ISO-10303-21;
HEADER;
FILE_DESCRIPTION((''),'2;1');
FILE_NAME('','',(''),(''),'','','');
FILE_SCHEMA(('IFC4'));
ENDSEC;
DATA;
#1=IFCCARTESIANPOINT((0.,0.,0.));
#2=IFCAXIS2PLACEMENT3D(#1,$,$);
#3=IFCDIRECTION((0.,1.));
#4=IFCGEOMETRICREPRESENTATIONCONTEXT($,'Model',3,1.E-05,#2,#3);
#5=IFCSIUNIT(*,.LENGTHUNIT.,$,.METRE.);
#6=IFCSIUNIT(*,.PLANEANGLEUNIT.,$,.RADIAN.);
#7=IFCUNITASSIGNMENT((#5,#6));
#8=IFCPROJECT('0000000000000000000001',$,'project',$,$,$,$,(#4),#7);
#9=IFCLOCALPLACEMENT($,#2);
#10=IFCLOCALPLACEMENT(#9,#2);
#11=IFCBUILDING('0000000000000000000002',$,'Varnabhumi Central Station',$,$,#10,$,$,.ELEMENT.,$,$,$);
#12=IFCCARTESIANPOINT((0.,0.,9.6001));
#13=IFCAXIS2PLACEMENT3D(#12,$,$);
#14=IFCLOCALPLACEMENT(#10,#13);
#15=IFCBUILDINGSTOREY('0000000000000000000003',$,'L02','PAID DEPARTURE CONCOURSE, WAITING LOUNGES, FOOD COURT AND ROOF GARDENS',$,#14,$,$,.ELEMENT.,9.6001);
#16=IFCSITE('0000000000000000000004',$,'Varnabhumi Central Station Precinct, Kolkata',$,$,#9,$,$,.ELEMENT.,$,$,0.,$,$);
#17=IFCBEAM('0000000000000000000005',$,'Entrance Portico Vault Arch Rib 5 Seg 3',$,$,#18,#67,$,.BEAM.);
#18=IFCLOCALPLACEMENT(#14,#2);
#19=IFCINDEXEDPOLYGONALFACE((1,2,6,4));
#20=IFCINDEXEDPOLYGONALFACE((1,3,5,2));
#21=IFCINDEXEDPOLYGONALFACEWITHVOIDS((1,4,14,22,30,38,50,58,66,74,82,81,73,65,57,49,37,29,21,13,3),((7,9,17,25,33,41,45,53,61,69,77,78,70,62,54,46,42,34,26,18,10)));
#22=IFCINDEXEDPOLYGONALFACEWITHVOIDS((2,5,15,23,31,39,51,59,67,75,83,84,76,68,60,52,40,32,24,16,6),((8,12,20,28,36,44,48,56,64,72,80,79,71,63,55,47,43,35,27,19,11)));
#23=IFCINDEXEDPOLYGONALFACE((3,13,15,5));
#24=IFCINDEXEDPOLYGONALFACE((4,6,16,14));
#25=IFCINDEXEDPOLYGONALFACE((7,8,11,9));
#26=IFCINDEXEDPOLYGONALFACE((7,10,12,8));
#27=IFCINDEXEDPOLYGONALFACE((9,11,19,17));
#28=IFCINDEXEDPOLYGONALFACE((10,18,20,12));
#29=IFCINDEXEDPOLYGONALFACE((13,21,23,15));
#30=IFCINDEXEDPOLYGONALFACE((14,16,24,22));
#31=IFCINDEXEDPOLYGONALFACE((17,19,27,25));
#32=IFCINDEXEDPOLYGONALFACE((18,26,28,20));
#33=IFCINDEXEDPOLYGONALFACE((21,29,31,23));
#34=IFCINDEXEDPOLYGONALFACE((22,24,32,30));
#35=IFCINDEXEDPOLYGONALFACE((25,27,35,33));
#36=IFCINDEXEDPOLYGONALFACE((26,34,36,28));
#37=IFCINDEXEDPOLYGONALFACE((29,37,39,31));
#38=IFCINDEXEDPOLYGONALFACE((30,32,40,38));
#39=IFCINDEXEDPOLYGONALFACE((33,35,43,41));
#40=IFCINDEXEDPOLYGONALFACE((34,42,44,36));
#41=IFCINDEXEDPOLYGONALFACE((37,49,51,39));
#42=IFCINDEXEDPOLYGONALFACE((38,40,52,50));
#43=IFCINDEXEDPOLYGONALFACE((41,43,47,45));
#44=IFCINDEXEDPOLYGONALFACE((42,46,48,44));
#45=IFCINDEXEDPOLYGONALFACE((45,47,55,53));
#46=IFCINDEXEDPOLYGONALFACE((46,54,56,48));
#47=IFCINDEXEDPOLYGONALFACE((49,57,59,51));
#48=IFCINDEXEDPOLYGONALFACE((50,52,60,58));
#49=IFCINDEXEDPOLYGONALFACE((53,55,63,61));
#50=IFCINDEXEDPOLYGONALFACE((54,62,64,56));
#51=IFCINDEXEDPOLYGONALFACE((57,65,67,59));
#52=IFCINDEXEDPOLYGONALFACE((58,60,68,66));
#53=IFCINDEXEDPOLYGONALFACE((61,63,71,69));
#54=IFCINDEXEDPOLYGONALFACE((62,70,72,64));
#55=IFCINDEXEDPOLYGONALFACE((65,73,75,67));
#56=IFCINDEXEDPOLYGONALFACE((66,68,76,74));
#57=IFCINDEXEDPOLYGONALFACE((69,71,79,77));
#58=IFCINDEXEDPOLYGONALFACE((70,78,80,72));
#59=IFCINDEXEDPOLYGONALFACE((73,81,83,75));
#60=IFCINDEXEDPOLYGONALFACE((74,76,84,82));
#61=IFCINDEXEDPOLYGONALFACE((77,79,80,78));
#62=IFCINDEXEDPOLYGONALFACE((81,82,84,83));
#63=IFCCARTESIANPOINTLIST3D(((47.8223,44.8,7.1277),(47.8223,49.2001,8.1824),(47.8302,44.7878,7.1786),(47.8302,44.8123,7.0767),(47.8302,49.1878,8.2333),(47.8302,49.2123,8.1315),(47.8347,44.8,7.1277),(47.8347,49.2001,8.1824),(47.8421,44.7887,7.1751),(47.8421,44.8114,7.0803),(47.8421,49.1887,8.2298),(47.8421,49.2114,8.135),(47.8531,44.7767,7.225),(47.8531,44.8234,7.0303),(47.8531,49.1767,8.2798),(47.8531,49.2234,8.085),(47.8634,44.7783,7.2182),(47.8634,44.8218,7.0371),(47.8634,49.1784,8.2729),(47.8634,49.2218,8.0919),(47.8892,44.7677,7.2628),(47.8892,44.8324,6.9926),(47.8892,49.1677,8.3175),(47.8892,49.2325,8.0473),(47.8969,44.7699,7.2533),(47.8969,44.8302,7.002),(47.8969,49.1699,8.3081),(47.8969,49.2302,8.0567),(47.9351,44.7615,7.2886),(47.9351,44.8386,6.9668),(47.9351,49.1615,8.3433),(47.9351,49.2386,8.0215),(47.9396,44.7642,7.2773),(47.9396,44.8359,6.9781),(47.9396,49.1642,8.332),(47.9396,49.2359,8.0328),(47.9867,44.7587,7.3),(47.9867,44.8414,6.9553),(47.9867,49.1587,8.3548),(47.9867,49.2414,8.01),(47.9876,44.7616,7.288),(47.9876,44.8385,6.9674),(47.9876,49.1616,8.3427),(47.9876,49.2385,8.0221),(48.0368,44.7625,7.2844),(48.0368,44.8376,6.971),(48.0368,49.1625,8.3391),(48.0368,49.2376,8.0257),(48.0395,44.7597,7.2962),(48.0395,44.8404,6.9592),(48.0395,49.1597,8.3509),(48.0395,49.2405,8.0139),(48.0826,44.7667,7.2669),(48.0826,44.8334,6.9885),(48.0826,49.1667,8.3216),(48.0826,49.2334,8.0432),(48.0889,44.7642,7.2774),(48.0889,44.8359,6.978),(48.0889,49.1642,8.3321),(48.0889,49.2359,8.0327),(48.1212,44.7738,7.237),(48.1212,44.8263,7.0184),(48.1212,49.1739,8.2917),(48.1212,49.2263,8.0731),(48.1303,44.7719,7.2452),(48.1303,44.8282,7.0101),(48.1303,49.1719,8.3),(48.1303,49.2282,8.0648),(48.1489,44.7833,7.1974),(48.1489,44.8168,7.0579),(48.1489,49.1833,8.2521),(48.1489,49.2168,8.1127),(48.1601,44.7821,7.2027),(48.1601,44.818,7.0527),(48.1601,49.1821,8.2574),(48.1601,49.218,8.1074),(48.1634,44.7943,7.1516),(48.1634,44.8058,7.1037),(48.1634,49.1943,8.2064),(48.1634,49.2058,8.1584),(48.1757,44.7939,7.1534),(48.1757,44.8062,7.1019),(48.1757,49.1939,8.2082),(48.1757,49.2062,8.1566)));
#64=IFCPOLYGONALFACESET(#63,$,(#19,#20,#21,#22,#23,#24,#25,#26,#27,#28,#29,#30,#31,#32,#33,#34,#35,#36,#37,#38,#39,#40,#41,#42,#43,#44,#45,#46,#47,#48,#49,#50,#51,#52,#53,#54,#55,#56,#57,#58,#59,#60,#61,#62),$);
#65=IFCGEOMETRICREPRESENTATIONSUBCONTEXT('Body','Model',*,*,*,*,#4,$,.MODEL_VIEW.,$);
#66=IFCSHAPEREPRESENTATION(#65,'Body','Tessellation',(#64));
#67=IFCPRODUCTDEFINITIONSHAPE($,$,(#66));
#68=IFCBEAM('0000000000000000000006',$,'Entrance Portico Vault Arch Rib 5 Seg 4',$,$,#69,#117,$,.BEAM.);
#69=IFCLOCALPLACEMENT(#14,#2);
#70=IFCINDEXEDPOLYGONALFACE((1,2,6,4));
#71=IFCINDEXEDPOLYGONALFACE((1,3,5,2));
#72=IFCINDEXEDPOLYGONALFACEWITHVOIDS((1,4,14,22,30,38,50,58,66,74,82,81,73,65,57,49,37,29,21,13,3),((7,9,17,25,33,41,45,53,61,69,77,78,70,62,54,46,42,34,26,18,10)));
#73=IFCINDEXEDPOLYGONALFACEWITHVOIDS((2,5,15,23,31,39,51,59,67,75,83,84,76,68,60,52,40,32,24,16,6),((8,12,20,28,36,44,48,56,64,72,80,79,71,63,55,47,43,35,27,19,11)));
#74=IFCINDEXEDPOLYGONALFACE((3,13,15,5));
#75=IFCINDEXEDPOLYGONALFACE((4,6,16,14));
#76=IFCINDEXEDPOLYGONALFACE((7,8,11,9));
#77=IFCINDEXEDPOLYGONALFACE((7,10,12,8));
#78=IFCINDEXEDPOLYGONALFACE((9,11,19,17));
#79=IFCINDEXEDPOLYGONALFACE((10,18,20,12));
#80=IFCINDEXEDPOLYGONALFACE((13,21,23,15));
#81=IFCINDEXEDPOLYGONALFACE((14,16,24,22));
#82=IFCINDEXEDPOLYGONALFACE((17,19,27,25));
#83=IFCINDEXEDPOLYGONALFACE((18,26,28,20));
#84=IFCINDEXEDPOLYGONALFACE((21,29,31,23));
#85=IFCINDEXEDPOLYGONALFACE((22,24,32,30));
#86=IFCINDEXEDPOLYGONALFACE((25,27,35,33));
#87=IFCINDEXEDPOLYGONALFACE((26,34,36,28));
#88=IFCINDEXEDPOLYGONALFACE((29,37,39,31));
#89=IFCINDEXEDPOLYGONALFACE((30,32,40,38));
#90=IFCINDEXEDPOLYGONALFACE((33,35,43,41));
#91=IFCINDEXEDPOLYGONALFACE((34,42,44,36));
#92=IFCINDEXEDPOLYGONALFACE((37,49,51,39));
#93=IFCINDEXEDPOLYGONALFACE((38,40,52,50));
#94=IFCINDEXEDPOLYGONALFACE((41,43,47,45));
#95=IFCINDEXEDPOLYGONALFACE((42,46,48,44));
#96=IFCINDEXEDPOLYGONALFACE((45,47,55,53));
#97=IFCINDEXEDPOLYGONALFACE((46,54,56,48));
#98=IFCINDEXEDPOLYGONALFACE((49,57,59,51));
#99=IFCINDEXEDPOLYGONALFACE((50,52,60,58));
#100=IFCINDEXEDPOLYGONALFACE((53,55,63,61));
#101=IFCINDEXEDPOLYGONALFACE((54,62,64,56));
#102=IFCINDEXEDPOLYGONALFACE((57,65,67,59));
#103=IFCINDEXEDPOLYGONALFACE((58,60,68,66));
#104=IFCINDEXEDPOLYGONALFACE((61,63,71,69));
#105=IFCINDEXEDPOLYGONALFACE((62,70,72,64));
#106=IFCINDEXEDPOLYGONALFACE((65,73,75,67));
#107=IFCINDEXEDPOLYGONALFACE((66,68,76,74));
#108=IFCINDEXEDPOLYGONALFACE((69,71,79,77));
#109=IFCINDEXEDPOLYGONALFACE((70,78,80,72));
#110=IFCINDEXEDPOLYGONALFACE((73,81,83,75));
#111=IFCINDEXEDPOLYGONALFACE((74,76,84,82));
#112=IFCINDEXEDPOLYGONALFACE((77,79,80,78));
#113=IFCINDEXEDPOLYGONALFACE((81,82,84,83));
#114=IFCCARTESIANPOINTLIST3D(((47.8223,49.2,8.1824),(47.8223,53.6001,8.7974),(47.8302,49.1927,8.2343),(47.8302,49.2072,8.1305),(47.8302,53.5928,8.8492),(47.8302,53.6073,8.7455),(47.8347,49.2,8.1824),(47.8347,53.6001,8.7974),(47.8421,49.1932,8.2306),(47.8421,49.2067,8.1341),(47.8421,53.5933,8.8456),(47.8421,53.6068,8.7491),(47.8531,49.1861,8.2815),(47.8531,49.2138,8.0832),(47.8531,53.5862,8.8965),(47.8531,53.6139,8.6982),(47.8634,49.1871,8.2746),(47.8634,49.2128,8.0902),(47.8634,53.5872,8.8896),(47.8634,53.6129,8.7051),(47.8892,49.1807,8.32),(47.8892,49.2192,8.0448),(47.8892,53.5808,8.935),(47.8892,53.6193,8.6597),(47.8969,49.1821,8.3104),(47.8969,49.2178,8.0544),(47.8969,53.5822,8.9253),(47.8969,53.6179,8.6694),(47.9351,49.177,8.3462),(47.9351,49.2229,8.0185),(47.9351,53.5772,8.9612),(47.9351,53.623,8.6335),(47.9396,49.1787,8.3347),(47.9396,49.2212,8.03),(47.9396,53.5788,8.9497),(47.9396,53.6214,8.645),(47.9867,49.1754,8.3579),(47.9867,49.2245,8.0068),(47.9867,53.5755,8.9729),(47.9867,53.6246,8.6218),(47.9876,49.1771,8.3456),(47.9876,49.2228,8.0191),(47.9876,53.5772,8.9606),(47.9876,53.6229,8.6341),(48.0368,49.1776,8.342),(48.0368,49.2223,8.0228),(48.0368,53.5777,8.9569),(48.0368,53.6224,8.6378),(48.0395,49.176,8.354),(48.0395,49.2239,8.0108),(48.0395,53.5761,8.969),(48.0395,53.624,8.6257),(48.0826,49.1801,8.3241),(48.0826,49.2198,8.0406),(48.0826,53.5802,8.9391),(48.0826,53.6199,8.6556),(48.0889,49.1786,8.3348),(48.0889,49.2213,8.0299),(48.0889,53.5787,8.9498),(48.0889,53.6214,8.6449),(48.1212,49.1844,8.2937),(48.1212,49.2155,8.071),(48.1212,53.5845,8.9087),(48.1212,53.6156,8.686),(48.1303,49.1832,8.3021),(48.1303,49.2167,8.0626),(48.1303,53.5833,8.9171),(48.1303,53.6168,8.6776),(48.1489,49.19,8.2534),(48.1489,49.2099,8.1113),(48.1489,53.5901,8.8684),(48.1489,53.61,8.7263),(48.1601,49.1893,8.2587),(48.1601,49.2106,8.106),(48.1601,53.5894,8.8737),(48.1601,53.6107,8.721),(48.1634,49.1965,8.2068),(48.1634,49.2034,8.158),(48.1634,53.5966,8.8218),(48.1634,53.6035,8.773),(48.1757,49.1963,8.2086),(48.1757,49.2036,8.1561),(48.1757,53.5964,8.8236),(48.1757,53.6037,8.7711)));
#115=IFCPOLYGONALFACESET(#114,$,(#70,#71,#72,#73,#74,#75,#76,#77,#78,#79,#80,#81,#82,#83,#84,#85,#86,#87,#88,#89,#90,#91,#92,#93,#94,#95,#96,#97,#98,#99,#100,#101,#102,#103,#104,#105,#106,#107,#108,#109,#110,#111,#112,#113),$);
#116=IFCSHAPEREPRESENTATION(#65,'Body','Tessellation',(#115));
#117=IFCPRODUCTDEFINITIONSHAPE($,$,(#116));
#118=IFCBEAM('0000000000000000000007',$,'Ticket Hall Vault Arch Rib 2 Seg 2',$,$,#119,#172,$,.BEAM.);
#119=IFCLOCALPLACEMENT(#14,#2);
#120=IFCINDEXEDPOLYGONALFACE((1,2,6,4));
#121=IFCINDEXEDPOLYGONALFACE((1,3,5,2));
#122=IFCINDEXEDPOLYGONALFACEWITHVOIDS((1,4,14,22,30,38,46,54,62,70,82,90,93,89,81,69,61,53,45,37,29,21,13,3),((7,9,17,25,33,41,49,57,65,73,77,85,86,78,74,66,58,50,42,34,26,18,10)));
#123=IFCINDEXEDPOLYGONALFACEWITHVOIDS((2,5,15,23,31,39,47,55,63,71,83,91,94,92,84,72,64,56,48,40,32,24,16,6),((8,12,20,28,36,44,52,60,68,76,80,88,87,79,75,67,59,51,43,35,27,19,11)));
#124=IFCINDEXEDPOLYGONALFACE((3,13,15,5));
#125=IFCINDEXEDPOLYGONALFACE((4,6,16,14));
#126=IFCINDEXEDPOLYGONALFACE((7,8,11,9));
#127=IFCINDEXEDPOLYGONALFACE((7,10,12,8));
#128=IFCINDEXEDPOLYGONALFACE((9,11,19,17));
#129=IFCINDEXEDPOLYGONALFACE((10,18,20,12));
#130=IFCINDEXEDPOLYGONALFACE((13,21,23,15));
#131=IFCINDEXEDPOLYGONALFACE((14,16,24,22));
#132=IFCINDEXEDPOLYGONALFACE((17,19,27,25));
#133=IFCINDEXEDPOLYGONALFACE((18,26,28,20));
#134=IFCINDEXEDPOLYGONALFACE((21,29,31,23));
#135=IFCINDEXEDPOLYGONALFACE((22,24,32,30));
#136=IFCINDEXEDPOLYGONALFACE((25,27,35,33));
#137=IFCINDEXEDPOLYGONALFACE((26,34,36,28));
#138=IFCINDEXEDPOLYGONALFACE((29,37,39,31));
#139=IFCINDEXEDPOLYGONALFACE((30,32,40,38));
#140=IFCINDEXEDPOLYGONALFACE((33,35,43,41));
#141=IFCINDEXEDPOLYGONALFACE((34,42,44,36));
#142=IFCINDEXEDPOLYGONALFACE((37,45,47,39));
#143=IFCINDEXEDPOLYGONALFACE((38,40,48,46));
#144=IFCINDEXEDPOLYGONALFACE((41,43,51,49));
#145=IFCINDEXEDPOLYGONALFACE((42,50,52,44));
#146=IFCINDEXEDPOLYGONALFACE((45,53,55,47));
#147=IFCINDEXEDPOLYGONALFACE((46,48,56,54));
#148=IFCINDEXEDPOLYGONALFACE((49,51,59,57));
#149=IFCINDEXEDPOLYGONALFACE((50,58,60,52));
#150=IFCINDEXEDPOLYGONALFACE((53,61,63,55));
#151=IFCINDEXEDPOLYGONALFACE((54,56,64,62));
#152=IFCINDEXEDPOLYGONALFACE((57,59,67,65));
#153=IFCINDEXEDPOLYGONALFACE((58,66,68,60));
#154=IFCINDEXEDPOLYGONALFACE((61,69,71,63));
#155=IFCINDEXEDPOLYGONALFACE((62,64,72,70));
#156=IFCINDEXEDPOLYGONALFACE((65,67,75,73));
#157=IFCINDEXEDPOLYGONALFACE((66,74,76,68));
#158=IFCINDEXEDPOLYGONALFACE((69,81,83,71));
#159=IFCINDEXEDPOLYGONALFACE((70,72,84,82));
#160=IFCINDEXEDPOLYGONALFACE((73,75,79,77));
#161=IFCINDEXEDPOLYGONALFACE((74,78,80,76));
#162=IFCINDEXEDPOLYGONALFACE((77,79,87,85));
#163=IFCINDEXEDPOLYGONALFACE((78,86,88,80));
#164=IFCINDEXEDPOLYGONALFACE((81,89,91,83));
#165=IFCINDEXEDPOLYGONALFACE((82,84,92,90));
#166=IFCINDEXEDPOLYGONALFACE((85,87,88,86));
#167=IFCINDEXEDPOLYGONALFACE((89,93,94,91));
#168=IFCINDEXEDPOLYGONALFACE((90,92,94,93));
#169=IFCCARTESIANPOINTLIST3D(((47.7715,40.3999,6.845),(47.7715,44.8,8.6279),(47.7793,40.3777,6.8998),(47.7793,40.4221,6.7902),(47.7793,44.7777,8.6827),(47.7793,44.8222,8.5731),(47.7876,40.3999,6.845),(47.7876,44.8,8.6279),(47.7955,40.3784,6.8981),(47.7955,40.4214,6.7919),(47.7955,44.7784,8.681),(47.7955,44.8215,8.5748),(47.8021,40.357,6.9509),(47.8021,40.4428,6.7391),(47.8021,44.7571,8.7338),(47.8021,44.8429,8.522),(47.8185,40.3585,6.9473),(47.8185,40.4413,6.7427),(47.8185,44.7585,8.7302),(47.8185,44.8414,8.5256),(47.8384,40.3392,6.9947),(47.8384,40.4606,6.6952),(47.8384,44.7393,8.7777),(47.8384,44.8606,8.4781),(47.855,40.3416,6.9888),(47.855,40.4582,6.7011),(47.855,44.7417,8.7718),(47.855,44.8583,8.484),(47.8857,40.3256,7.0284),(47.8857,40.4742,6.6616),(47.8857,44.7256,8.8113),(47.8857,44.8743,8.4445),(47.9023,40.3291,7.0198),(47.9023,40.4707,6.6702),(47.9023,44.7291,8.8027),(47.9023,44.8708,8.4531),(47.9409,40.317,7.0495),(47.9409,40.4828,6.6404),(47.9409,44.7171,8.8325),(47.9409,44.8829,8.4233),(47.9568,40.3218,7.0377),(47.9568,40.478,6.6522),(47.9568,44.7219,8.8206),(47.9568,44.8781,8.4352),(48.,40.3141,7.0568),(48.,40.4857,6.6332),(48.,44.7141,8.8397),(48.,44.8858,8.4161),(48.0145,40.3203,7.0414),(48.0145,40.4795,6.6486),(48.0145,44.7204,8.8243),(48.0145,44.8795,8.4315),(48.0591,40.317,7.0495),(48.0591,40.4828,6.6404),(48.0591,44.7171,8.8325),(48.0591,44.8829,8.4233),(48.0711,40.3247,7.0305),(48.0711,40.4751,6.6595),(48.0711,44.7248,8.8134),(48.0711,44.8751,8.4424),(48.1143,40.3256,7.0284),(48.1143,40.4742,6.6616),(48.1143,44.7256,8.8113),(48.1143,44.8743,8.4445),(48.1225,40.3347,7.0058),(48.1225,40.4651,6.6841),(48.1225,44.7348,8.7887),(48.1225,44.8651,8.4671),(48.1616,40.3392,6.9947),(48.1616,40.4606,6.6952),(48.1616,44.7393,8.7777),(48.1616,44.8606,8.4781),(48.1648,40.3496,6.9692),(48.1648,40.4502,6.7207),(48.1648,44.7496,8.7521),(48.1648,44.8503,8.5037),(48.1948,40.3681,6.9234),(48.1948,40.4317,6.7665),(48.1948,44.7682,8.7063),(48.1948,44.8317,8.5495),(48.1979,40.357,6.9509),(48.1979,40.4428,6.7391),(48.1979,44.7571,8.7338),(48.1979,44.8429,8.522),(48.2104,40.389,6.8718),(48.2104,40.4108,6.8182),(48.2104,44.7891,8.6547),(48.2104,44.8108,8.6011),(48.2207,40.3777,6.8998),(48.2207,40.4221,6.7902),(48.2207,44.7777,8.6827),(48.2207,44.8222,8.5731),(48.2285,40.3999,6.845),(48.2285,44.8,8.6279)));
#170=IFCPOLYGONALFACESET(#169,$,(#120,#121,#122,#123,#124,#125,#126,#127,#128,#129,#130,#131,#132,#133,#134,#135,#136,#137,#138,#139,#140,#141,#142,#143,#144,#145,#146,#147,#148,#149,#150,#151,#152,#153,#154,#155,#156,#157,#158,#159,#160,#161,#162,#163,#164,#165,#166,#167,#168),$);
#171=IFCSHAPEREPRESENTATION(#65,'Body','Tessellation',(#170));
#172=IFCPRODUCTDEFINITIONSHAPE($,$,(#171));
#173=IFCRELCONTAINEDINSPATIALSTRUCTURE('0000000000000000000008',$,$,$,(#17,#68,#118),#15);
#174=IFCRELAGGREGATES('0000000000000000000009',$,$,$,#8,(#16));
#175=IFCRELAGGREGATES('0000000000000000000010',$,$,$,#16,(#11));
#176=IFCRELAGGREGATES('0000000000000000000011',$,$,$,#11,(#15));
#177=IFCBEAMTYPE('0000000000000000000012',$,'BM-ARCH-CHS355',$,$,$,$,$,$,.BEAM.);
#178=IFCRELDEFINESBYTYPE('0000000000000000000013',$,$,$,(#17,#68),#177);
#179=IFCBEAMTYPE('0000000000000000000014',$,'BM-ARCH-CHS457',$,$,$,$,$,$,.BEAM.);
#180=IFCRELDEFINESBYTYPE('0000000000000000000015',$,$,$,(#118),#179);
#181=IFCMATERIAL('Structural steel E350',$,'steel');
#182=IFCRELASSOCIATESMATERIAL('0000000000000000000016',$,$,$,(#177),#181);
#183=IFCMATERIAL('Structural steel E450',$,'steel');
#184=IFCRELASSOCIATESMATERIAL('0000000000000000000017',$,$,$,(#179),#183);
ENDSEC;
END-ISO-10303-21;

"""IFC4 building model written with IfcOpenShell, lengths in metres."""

from ifc_helpers import new_model, si_unit, direction, frame, origin, origin_2d, place, context, subcontext, project, spatial, hollow_circle, extrude, material, material_profile, profile_set, type_object, element, save


model = new_model("IFC4")

# Units and contexts
model_context = context("Model", 3, precision=1e-05, world=origin(), true_north=direction((0.0, 1.0)))
body_context = subcontext(model_context, "Body", "Model", "MODEL_VIEW")
ifc_project = project(units=[si_unit("LENGTHUNIT", "METRE"), si_unit("PLANEANGLEUNIT", "RADIAN")], contexts=[model_context])

# Site, building, storey
site_placement = place(None, origin())
site = spatial("IfcSite", under=ifc_project, at=site_placement, Name="Varnabhumi Central Station Precinct, Kolkata", CompositionType="ELEMENT", RefElevation=0.0)
building_placement = place(site_placement, origin())
building = spatial("IfcBuilding", under=site, at=building_placement, Name="Varnabhumi Central Station", CompositionType="ELEMENT")
storey_placement = place(building_placement, frame((0.0, 0.0, 9.6001)))
storey = spatial("IfcBuildingStorey", under=building, at=storey_placement, Name="L02", Description="PAID DEPARTURE CONCOURSE, WAITING LOUNGES, FOOD COURT AND ROOF GARDENS", CompositionType="ELEMENT", Elevation=9.6001)

# Beams
ifc_material_1 = material(Name="Structural steel E350", Category="steel")
ifc_material_profile_1 = material_profile(ifc_material_1, hollow_circle(Radius=0.1777, WallThickness=0.0125, at=origin_2d()), Name="Structural steel E350", Category="steel")
ifc_profile_set_1 = profile_set([ifc_material_profile_1], Name="Structural steel E350")
beam_type_1 = type_object("IfcBeamType", Name="BM-ARCH-CHS355", PredefinedType="BEAM", material=ifc_profile_set_1)
beam_1_placement = place(storey_placement, frame((48.0, 44.8, 7.1277), z_axis=(0.0, 0.972452, 0.233104), x_axis=(-1.0, 0.0, 0.0)))
element("IfcBeam", 1, at=beam_1_placement, inside=storey, type_object=beam_type_1, Name="Entrance Portico Vault Arch Rib 5 Seg 3", PredefinedType="BEAM", context=body_context, shape_type="SweptSolid", body=[
    extrude(hollow_circle(Radius=0.1777, WallThickness=0.0125, at=origin_2d()), origin(), (0.0, 0.0, 1.0), 4.5247),
])
beam_2_placement = place(storey_placement, frame((48.0, 49.2, 8.1824), z_axis=(0.0, 0.990374, 0.13842), x_axis=(-1.0, 0.0, 0.0)))
element("IfcBeam", 2, at=beam_2_placement, inside=storey, type_object=beam_type_1, Name="Entrance Portico Vault Arch Rib 5 Seg 4", PredefinedType="BEAM", context=body_context, shape_type="SweptSolid", body=[
    extrude(hollow_circle(Radius=0.1777, WallThickness=0.0125, at=origin_2d()), origin(), (0.0, 0.0, 1.0), 4.4429),
])
ifc_material_2 = material(Name="Structural steel E450", Category="steel")
ifc_material_profile_2 = material_profile(ifc_material_2, hollow_circle(Radius=0.2285, WallThickness=0.0161, at=origin_2d()), Name="Structural steel E450", Category="steel")
ifc_profile_set_2 = profile_set([ifc_material_profile_2], Name="Structural steel E450")
beam_type_2 = type_object("IfcBeamType", Name="BM-ARCH-CHS457", PredefinedType="BEAM", material=ifc_profile_set_2)
beam_3_placement = place(storey_placement, frame((48.0, 40.3999, 6.845), z_axis=(0.0, 0.926804, 0.375545), x_axis=(-1.0, 0.0, 0.0)))
element("IfcBeam", 3, at=beam_3_placement, inside=storey, type_object=beam_type_2, Name="Ticket Hall Vault Arch Rib 2 Seg 2", PredefinedType="BEAM", context=body_context, shape_type="SweptSolid", body=[
    extrude(hollow_circle(Radius=0.2285, WallThickness=0.0161, at=origin_2d()), origin(), (0.0, 0.0, 1.0), 4.7476),
])

save(model, "model.ifc")
